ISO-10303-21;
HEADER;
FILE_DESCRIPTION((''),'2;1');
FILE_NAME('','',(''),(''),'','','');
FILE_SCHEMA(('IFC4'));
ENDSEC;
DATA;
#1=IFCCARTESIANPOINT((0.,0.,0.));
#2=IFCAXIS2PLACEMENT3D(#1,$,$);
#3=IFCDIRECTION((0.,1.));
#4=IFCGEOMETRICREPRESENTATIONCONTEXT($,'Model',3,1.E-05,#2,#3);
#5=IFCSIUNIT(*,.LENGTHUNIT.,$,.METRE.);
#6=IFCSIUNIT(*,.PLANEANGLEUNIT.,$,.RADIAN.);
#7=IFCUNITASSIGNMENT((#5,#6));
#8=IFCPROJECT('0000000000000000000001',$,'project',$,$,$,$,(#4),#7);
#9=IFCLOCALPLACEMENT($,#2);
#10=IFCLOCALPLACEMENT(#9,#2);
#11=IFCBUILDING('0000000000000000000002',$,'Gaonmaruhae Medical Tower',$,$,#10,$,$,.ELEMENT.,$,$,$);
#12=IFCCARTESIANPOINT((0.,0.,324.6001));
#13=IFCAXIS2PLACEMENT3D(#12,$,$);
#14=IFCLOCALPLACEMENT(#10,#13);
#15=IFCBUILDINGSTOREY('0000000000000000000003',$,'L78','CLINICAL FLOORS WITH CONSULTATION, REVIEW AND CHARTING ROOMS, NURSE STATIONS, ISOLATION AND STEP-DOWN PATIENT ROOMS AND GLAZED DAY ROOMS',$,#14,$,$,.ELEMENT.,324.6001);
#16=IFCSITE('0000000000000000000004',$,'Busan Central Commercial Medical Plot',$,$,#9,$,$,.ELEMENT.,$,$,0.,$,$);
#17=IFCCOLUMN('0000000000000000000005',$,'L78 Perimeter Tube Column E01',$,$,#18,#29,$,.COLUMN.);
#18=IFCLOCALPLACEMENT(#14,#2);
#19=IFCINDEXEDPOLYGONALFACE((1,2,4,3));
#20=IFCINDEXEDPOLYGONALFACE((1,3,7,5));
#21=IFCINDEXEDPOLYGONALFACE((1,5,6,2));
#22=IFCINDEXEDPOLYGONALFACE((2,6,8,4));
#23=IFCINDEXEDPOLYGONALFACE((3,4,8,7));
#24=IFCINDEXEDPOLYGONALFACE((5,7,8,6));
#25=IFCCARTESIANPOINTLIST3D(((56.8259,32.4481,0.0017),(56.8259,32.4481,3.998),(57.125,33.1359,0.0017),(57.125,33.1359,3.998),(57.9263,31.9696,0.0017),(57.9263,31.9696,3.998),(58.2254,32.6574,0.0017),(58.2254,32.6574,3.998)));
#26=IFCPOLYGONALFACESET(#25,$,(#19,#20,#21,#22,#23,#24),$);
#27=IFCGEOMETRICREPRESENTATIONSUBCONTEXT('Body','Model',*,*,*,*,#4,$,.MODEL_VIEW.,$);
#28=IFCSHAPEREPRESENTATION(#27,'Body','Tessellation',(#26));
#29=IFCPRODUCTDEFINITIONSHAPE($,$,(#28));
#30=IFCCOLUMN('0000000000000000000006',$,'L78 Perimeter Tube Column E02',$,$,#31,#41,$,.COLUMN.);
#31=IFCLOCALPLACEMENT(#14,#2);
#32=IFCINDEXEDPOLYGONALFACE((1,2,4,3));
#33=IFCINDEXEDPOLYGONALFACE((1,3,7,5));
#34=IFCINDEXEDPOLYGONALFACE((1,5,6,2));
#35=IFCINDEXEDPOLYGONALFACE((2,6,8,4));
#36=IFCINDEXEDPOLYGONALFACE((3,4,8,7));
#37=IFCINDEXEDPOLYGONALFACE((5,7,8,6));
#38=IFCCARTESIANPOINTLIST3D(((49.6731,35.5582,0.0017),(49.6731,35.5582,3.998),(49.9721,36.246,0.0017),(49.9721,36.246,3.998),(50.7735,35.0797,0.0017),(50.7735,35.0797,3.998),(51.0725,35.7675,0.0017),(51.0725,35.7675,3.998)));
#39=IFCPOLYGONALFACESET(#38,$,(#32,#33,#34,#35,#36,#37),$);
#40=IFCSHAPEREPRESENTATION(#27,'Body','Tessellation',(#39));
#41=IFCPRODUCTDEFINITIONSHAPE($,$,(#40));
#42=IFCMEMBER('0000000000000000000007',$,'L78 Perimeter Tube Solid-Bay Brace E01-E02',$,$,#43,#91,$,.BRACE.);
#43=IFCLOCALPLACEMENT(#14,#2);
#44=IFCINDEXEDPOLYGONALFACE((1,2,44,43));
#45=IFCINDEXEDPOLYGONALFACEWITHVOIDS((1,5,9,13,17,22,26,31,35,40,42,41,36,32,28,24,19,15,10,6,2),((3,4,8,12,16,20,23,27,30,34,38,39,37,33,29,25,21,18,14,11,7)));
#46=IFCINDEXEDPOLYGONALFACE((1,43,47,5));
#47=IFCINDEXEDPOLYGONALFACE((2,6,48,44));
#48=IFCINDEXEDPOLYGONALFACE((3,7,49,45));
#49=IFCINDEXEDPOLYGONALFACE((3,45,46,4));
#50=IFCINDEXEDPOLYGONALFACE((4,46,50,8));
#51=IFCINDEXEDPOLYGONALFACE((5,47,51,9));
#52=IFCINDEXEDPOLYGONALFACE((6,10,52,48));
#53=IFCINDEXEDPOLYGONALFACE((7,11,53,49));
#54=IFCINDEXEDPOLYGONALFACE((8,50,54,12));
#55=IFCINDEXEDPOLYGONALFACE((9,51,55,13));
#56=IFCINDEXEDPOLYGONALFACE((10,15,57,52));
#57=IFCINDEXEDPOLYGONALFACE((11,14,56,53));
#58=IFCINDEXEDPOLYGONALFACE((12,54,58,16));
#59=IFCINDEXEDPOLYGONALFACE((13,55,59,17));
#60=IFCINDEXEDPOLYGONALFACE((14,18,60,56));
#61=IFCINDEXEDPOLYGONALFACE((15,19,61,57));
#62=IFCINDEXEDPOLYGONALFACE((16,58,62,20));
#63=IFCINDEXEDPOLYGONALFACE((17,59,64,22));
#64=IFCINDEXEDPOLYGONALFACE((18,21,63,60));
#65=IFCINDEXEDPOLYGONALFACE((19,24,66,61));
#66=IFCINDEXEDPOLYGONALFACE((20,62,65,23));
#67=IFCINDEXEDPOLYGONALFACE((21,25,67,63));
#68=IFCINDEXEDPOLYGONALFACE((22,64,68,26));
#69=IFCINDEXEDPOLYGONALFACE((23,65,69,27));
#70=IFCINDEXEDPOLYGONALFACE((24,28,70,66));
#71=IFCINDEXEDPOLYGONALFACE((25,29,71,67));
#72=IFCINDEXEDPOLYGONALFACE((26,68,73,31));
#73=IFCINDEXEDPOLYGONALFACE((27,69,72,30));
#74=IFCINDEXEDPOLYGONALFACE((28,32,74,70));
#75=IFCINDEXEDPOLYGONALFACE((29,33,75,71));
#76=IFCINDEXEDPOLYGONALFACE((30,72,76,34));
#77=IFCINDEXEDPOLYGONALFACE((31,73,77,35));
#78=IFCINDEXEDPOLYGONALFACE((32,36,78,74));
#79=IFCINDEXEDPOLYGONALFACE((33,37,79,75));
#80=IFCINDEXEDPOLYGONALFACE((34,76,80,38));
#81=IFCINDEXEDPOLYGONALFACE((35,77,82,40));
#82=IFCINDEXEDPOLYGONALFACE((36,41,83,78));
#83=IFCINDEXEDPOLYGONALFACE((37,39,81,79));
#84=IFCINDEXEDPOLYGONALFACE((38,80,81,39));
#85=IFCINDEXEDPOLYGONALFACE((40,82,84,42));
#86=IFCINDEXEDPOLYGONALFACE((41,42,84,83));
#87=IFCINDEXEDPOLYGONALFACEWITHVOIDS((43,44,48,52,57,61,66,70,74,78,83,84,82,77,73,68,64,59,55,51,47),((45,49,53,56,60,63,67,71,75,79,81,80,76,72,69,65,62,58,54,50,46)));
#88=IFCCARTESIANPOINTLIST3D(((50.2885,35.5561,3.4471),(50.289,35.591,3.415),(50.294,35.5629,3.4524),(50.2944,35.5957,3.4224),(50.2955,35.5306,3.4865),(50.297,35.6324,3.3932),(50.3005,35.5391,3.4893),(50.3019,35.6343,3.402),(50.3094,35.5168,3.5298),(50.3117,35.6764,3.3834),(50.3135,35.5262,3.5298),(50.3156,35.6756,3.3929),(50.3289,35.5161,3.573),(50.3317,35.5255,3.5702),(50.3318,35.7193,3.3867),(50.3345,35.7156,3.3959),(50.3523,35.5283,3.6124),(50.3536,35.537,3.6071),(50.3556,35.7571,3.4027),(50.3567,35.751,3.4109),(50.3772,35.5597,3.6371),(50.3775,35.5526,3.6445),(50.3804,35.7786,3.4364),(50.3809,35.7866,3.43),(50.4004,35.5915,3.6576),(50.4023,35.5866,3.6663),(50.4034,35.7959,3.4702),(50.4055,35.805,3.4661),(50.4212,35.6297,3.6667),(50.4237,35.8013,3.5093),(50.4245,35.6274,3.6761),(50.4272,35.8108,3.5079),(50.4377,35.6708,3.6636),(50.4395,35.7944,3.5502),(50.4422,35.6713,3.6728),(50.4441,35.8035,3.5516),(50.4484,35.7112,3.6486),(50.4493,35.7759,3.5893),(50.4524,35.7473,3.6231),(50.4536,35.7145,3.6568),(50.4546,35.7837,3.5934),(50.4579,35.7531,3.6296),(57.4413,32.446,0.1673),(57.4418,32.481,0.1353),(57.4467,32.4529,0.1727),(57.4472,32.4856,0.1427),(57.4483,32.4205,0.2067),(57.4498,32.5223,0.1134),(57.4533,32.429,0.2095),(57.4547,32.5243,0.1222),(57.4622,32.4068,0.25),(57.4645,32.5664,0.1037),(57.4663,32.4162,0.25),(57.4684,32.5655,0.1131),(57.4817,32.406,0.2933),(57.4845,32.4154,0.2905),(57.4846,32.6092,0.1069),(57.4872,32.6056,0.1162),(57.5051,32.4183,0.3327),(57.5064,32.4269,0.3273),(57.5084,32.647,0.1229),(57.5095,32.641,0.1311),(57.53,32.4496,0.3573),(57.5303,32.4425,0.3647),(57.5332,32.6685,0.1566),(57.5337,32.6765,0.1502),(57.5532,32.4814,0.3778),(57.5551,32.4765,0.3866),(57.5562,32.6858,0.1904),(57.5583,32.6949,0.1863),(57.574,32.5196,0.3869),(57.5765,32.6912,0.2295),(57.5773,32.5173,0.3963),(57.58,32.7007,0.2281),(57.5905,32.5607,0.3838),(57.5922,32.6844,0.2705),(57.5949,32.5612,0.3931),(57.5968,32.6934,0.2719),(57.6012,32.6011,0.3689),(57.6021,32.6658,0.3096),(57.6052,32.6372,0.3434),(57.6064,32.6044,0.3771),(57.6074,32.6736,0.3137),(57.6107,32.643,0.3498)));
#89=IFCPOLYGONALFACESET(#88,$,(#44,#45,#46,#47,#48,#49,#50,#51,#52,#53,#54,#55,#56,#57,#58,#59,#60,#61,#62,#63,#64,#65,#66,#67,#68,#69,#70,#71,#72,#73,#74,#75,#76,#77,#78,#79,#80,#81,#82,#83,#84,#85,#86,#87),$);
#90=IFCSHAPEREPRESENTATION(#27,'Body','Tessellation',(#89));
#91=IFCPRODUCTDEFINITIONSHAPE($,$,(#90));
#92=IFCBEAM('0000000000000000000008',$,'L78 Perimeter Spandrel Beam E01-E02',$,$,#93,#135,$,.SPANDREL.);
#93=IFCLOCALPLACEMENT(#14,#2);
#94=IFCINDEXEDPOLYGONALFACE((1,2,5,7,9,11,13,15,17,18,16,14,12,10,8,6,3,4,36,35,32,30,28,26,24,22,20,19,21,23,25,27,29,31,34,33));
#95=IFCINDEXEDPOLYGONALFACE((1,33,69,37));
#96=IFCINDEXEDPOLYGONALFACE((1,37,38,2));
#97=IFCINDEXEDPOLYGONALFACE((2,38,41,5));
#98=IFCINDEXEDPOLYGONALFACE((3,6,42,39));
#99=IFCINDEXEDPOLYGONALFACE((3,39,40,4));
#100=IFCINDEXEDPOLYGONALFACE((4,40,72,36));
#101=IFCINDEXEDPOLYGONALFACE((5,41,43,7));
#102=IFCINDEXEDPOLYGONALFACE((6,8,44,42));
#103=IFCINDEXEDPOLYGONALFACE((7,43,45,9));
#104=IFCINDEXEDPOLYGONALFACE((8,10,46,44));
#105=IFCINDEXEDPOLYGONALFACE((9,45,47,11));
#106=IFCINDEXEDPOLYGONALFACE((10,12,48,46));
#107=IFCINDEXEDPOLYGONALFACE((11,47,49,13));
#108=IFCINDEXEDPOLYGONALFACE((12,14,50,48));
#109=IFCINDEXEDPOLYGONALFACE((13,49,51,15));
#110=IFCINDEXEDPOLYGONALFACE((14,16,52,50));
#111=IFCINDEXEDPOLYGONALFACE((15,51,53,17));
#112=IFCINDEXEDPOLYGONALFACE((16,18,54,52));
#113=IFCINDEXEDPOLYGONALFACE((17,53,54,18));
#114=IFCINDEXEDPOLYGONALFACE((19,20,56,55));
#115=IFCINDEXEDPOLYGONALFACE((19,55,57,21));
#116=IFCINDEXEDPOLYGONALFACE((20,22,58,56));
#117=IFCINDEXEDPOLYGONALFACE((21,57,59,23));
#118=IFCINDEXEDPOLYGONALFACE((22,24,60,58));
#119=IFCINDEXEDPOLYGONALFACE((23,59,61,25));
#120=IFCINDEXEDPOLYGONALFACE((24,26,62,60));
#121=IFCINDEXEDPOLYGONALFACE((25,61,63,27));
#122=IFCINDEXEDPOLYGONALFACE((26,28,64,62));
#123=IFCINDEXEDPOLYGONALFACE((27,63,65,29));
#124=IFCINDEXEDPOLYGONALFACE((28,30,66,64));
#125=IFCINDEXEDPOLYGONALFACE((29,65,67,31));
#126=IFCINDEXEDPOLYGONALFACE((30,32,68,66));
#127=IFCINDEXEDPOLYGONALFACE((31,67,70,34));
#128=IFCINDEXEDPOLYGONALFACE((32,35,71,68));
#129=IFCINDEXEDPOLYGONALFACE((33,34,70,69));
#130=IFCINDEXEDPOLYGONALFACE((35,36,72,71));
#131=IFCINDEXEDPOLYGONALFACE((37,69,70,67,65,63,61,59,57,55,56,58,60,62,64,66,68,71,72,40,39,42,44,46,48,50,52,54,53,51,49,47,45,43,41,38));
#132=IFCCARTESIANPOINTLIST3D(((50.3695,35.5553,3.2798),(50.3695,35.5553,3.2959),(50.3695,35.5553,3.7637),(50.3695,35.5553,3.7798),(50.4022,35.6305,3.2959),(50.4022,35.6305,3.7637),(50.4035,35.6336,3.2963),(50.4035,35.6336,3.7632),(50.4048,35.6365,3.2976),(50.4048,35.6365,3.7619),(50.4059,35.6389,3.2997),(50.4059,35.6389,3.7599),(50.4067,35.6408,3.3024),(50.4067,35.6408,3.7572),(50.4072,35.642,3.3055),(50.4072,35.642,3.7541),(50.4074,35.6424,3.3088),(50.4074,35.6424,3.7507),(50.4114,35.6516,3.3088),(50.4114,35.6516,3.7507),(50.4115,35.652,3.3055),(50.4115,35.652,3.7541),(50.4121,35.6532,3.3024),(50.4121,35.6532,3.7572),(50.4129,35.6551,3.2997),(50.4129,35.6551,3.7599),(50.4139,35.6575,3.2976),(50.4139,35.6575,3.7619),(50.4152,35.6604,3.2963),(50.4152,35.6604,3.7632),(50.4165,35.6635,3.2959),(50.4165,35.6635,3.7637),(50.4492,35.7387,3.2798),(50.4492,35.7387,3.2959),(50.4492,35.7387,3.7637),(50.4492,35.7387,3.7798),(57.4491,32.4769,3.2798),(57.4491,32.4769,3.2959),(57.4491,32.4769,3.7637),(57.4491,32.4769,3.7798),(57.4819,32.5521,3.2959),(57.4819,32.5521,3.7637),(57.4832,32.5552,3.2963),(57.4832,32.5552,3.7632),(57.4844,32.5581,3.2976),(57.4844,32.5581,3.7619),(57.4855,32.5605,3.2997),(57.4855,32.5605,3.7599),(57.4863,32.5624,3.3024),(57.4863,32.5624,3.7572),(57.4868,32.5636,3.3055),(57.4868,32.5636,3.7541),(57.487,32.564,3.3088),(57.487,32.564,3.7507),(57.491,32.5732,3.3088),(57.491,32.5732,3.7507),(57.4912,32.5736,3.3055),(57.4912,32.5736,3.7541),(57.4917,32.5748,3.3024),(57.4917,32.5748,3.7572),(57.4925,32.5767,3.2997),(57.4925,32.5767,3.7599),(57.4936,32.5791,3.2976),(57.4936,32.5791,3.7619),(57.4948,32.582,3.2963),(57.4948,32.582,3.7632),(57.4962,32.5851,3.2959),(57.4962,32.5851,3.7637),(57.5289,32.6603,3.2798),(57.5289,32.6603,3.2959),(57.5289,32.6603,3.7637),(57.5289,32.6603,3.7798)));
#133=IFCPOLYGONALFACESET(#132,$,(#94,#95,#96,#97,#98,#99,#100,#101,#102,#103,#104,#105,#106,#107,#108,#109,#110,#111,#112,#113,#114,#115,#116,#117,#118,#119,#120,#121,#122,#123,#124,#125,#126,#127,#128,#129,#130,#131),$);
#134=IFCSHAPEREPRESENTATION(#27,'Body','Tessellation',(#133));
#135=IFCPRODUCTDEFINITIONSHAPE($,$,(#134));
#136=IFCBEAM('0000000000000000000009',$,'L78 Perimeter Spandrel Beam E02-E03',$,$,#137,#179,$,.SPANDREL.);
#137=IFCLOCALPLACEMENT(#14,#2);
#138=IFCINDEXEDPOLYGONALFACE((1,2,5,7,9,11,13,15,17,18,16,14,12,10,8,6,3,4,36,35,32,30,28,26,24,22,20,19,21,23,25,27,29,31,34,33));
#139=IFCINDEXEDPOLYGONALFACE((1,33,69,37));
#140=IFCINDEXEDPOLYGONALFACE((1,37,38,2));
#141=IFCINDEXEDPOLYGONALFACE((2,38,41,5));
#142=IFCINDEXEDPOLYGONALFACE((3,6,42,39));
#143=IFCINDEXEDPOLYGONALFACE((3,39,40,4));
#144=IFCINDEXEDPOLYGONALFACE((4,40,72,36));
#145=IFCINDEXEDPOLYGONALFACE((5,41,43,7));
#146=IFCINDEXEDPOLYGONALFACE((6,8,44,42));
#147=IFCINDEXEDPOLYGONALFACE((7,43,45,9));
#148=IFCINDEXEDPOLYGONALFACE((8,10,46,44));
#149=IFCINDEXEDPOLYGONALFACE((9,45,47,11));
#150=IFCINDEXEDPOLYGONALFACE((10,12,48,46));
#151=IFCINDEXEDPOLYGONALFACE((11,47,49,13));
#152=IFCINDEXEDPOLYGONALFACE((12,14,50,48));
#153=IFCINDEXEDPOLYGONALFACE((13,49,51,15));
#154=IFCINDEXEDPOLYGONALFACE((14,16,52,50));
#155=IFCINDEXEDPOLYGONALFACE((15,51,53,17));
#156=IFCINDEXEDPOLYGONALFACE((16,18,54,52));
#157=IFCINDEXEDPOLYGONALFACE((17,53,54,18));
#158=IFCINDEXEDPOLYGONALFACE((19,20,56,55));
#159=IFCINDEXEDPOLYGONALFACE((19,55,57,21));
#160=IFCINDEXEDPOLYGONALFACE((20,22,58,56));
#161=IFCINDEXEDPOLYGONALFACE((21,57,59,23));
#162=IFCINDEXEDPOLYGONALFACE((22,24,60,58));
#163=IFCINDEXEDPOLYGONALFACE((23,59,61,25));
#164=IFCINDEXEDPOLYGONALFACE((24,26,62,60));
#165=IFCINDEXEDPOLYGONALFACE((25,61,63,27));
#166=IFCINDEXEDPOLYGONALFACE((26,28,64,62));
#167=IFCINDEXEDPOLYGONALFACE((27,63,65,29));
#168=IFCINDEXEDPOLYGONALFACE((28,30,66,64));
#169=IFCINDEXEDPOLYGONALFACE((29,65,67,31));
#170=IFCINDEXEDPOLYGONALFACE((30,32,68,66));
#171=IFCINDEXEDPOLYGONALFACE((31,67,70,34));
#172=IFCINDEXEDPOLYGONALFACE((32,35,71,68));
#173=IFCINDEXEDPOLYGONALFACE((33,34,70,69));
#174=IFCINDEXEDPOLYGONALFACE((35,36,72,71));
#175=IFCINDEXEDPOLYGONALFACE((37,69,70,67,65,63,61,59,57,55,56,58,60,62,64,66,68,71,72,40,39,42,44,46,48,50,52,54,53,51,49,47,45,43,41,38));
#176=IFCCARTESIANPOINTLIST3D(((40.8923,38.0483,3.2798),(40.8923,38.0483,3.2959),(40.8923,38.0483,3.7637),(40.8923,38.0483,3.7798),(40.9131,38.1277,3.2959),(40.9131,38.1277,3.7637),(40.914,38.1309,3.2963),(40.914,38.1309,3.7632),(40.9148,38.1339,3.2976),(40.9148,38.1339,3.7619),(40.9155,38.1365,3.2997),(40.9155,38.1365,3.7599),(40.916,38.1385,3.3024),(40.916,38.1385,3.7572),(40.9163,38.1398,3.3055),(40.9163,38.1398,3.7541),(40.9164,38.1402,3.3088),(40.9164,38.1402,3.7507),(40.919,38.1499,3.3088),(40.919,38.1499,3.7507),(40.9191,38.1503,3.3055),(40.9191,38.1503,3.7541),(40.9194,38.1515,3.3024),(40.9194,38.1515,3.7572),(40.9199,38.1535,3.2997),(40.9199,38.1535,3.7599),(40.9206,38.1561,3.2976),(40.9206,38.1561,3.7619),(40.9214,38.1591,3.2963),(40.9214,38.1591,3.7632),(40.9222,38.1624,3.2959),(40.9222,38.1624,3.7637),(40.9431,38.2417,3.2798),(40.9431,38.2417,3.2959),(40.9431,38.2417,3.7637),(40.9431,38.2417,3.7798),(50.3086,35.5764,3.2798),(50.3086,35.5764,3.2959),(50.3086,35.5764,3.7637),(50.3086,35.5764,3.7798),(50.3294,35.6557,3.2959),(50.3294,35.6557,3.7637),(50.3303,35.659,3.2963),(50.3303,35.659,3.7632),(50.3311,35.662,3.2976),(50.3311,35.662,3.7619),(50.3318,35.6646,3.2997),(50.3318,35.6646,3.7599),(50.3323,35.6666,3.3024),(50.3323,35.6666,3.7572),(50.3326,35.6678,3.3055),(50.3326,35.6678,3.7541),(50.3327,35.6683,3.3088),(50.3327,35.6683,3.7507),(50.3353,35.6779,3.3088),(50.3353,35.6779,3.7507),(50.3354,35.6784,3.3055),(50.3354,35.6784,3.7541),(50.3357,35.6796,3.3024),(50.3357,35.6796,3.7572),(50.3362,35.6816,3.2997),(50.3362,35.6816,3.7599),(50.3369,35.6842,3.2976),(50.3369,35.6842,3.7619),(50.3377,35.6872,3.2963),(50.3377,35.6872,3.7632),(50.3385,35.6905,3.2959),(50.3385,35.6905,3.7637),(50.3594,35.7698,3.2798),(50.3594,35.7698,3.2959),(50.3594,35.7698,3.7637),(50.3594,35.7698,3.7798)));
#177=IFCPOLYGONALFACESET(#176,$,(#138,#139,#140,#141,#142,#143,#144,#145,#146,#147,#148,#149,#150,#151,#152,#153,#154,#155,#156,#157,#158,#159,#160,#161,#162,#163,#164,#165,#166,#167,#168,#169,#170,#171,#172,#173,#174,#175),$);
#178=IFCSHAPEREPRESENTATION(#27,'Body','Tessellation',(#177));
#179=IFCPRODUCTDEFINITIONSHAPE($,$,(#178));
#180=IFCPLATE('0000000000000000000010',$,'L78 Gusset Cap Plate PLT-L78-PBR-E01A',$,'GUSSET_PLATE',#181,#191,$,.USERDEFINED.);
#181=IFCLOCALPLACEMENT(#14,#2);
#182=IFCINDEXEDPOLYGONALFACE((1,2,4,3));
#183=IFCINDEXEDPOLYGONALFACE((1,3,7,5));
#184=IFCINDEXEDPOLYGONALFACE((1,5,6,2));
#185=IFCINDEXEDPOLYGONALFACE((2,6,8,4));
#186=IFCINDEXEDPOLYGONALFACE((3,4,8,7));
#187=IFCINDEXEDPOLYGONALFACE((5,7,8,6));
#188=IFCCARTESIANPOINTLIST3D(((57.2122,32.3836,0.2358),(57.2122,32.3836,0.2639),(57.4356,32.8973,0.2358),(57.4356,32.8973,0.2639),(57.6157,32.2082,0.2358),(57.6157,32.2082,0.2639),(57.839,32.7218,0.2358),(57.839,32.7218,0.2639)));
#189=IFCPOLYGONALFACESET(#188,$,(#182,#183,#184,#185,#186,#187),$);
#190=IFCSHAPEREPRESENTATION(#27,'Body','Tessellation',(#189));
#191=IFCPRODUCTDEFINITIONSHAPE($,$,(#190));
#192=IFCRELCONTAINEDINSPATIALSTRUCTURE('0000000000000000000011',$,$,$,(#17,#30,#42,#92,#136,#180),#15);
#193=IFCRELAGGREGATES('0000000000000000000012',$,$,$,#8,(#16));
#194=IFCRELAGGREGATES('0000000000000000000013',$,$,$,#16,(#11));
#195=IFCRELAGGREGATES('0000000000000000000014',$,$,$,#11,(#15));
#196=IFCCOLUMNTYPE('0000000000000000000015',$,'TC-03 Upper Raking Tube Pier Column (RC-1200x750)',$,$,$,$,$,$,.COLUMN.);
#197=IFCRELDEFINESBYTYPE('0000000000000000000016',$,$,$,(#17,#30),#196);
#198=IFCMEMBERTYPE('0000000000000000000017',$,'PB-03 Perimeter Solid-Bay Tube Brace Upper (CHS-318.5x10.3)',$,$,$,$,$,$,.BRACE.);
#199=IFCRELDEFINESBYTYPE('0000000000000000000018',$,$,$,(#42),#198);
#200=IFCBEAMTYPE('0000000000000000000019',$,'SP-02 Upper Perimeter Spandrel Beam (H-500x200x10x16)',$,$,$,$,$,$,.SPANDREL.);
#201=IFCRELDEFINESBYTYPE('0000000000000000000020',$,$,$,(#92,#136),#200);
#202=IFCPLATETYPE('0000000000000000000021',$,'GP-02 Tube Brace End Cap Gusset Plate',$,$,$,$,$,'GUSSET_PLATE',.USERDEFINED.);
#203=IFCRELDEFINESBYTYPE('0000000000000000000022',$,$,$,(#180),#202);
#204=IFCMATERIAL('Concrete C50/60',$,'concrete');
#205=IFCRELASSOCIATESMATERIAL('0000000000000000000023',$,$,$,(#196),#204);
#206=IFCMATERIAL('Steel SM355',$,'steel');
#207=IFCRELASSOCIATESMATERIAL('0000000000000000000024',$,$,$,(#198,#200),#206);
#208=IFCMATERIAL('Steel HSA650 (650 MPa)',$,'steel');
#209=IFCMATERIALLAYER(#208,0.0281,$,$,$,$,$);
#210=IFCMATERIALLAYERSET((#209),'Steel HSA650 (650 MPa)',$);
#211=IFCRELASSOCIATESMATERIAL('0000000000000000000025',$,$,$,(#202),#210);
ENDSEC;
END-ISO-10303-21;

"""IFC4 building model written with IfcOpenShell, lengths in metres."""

from ifc_helpers import new_model, si_unit, direction, frame, origin, origin_2d, place, context, subcontext, project, spatial, rectangle, hollow_circle, i_section, extrude, material, layer, layer_set, material_profile, profile_set, type_object, element, save


model = new_model("IFC4")

# Units and contexts
model_context = context("Model", 3, precision=1e-05, world=origin(), true_north=direction((0.0, 1.0)))
body_context = subcontext(model_context, "Body", "Model", "MODEL_VIEW")
ifc_project = project(units=[si_unit("LENGTHUNIT", "METRE"), si_unit("PLANEANGLEUNIT", "RADIAN")], contexts=[model_context])

# Site, building, storey
site_placement = place(None, origin())
site = spatial("IfcSite", under=ifc_project, at=site_placement, Name="Busan Central Commercial Medical Plot", CompositionType="ELEMENT", RefElevation=0.0)
building_placement = place(site_placement, origin())
building = spatial("IfcBuilding", under=site, at=building_placement, Name="Gaonmaruhae Medical Tower", CompositionType="ELEMENT")
storey_placement = place(building_placement, frame((0.0, 0.0, 324.6001)))
storey = spatial("IfcBuildingStorey", under=building, at=storey_placement, Name="L78", Description="CLINICAL FLOORS WITH CONSULTATION, REVIEW AND CHARTING ROOMS, NURSE STATIONS, ISOLATION AND STEP-DOWN PATIENT ROOMS AND GLAZED DAY ROOMS", CompositionType="ELEMENT", Elevation=324.6001)

# Columns
ifc_material_1 = material(Name="Concrete C50/60", Category="concrete")
ifc_material_profile_1 = material_profile(ifc_material_1, rectangle(XDim=1.2, YDim=0.75, at=origin_2d()), Name="RC-1200x750")
ifc_profile_set_1 = profile_set([ifc_material_profile_1], Name="Concrete C50/60")
column_type = type_object("IfcColumnType", Name="TC-03 Upper Raking Tube Pier Column (RC-1200x750)", PredefinedType="COLUMN", material=ifc_profile_set_1)
for number, where, z_axis, x_axis, name in (
    (1, (57.5256, 32.5527, 0.0017), (0.0, 0.0, 1.0), (-0.91706, 0.398749, 0.0), "L78 Perimeter Tube Column E01"),
    (2, (50.3728, 35.6628, 0.0017), (0.0, 0.0, 1.0), (-0.91706, 0.398749, 0.0), "L78 Perimeter Tube Column E02"),
):
    element("IfcColumn", number, at=place(storey_placement, frame(where, z_axis=z_axis, x_axis=x_axis)), inside=storey, type_object=column_type, Name=name, PredefinedType="COLUMN", context=body_context, shape_type="SweptSolid", body=[
        extrude(rectangle(XDim=1.2, YDim=0.75, at=origin_2d()), origin(), (0.0, 0.0, 1.0), 3.9963),
    ])

# Member
ifc_material_2 = material(Name="Steel SM355", Category="steel")
ifc_material_profile_2 = material_profile(ifc_material_2, hollow_circle(Radius=0.1592, WallThickness=0.0103, at=origin_2d()), Name="CHS-318.5x10.3")
ifc_profile_set_2 = profile_set([ifc_material_profile_2], Name="Steel SM355")
member_type = type_object("IfcMemberType", Name="PB-03 Perimeter Solid-Bay Tube Brace Upper (CHS-318.5x10.3)", PredefinedType="BRACE", material=ifc_profile_set_2)
member_placement = place(storey_placement, frame((57.5256, 32.5527, 0.25), z_axis=(-0.845363, 0.367571, 0.387624), x_axis=(-0.398746, -0.917062, 0.0)))
element("IfcMember", 3, at=member_placement, inside=storey, type_object=member_type, Name="L78 Perimeter Tube Solid-Bay Brace E01-E02", PredefinedType="BRACE", context=body_context, shape_type="SweptSolid", body=[
    extrude(hollow_circle(Radius=0.1592, WallThickness=0.0103, at=origin_2d()), origin(), (0.0, 0.0, 1.0), 8.4612),
])

# Beams
ifc_material_profile_3 = material_profile(ifc_material_2, i_section(OverallWidth=0.2, OverallDepth=0.5, WebThickness=0.01, FlangeThickness=0.0161, FilletRadius=0.0129, at=origin_2d()), Name="H-500x200x10x16")
ifc_profile_set_3 = profile_set([ifc_material_profile_3], Name="Steel SM355")
beam_type = type_object("IfcBeamType", Name="SP-02 Upper Perimeter Spandrel Beam (H-500x200x10x16)", PredefinedType="SPANDREL", material=ifc_profile_set_3)
beam_1_placement = place(storey_placement, frame((57.489, 32.5686, 3.5298), z_axis=(-0.917056, 0.398757, 0.0), x_axis=(-0.398757, -0.917056, 0.0)))
element("IfcBeam", 4, at=beam_1_placement, inside=storey, type_object=beam_type, Name="L78 Perimeter Spandrel Beam E01-E02", PredefinedType="SPANDREL", context=body_context, shape_type="SweptSolid", body=[
    extrude(i_section(OverallWidth=0.2, OverallDepth=0.5, WebThickness=0.01, FlangeThickness=0.0161, FilletRadius=0.0129, at=origin_2d()), origin(), (0.0, 0.0, 1.0), 7.72),
])
beam_2_placement = place(storey_placement, frame((50.334, 35.6731, 3.5298), z_axis=(-0.967227, 0.253913, 0.0), x_axis=(-0.253913, -0.967227, 0.0)))
element("IfcBeam", 5, at=beam_2_placement, inside=storey, type_object=beam_type, Name="L78 Perimeter Spandrel Beam E02-E03", PredefinedType="SPANDREL", context=body_context, shape_type="SweptSolid", body=[
    extrude(i_section(OverallWidth=0.2, OverallDepth=0.5, WebThickness=0.01, FlangeThickness=0.0161, FilletRadius=0.0129, at=origin_2d()), origin(), (0.0, 0.0, 1.0), 9.7354),
])

# Plate
ifc_material_3 = material(Name="Steel HSA650 (650 MPa)", Category="steel")
ifc_layer_1 = layer(ifc_material_3, 0.0281)
ifc_layer_set_1 = layer_set([ifc_layer_1], Name="Steel HSA650 (650 MPa)")
plate_type_1 = type_object("IfcPlateType", Name="GP-02 Tube Brace End Cap Gusset Plate", ElementType="GUSSET_PLATE", PredefinedType="USERDEFINED", material=ifc_layer_set_1)
for number, where, z_axis, x_axis, name in (
    (6, (57.5256, 32.5527, 0.2358), (0.0, 0.0, 1.0), (0.398749, 0.91706, 0.0), "L78 Gusset Cap Plate PLT-L78-PBR-E01A"),
):
    element("IfcPlate", number, at=place(storey_placement, frame(where, z_axis=z_axis, x_axis=x_axis)), inside=storey, type_object=plate_type_1, Name=name, ObjectType="GUSSET_PLATE", PredefinedType="USERDEFINED", context=body_context, shape_type="SweptSolid", body=[
        extrude(rectangle(XDim=0.5601, YDim=0.4399, at=origin_2d()), origin(), (0.0, 0.0, 1.0), 0.0281),
    ])

save(model, "model.ifc")
